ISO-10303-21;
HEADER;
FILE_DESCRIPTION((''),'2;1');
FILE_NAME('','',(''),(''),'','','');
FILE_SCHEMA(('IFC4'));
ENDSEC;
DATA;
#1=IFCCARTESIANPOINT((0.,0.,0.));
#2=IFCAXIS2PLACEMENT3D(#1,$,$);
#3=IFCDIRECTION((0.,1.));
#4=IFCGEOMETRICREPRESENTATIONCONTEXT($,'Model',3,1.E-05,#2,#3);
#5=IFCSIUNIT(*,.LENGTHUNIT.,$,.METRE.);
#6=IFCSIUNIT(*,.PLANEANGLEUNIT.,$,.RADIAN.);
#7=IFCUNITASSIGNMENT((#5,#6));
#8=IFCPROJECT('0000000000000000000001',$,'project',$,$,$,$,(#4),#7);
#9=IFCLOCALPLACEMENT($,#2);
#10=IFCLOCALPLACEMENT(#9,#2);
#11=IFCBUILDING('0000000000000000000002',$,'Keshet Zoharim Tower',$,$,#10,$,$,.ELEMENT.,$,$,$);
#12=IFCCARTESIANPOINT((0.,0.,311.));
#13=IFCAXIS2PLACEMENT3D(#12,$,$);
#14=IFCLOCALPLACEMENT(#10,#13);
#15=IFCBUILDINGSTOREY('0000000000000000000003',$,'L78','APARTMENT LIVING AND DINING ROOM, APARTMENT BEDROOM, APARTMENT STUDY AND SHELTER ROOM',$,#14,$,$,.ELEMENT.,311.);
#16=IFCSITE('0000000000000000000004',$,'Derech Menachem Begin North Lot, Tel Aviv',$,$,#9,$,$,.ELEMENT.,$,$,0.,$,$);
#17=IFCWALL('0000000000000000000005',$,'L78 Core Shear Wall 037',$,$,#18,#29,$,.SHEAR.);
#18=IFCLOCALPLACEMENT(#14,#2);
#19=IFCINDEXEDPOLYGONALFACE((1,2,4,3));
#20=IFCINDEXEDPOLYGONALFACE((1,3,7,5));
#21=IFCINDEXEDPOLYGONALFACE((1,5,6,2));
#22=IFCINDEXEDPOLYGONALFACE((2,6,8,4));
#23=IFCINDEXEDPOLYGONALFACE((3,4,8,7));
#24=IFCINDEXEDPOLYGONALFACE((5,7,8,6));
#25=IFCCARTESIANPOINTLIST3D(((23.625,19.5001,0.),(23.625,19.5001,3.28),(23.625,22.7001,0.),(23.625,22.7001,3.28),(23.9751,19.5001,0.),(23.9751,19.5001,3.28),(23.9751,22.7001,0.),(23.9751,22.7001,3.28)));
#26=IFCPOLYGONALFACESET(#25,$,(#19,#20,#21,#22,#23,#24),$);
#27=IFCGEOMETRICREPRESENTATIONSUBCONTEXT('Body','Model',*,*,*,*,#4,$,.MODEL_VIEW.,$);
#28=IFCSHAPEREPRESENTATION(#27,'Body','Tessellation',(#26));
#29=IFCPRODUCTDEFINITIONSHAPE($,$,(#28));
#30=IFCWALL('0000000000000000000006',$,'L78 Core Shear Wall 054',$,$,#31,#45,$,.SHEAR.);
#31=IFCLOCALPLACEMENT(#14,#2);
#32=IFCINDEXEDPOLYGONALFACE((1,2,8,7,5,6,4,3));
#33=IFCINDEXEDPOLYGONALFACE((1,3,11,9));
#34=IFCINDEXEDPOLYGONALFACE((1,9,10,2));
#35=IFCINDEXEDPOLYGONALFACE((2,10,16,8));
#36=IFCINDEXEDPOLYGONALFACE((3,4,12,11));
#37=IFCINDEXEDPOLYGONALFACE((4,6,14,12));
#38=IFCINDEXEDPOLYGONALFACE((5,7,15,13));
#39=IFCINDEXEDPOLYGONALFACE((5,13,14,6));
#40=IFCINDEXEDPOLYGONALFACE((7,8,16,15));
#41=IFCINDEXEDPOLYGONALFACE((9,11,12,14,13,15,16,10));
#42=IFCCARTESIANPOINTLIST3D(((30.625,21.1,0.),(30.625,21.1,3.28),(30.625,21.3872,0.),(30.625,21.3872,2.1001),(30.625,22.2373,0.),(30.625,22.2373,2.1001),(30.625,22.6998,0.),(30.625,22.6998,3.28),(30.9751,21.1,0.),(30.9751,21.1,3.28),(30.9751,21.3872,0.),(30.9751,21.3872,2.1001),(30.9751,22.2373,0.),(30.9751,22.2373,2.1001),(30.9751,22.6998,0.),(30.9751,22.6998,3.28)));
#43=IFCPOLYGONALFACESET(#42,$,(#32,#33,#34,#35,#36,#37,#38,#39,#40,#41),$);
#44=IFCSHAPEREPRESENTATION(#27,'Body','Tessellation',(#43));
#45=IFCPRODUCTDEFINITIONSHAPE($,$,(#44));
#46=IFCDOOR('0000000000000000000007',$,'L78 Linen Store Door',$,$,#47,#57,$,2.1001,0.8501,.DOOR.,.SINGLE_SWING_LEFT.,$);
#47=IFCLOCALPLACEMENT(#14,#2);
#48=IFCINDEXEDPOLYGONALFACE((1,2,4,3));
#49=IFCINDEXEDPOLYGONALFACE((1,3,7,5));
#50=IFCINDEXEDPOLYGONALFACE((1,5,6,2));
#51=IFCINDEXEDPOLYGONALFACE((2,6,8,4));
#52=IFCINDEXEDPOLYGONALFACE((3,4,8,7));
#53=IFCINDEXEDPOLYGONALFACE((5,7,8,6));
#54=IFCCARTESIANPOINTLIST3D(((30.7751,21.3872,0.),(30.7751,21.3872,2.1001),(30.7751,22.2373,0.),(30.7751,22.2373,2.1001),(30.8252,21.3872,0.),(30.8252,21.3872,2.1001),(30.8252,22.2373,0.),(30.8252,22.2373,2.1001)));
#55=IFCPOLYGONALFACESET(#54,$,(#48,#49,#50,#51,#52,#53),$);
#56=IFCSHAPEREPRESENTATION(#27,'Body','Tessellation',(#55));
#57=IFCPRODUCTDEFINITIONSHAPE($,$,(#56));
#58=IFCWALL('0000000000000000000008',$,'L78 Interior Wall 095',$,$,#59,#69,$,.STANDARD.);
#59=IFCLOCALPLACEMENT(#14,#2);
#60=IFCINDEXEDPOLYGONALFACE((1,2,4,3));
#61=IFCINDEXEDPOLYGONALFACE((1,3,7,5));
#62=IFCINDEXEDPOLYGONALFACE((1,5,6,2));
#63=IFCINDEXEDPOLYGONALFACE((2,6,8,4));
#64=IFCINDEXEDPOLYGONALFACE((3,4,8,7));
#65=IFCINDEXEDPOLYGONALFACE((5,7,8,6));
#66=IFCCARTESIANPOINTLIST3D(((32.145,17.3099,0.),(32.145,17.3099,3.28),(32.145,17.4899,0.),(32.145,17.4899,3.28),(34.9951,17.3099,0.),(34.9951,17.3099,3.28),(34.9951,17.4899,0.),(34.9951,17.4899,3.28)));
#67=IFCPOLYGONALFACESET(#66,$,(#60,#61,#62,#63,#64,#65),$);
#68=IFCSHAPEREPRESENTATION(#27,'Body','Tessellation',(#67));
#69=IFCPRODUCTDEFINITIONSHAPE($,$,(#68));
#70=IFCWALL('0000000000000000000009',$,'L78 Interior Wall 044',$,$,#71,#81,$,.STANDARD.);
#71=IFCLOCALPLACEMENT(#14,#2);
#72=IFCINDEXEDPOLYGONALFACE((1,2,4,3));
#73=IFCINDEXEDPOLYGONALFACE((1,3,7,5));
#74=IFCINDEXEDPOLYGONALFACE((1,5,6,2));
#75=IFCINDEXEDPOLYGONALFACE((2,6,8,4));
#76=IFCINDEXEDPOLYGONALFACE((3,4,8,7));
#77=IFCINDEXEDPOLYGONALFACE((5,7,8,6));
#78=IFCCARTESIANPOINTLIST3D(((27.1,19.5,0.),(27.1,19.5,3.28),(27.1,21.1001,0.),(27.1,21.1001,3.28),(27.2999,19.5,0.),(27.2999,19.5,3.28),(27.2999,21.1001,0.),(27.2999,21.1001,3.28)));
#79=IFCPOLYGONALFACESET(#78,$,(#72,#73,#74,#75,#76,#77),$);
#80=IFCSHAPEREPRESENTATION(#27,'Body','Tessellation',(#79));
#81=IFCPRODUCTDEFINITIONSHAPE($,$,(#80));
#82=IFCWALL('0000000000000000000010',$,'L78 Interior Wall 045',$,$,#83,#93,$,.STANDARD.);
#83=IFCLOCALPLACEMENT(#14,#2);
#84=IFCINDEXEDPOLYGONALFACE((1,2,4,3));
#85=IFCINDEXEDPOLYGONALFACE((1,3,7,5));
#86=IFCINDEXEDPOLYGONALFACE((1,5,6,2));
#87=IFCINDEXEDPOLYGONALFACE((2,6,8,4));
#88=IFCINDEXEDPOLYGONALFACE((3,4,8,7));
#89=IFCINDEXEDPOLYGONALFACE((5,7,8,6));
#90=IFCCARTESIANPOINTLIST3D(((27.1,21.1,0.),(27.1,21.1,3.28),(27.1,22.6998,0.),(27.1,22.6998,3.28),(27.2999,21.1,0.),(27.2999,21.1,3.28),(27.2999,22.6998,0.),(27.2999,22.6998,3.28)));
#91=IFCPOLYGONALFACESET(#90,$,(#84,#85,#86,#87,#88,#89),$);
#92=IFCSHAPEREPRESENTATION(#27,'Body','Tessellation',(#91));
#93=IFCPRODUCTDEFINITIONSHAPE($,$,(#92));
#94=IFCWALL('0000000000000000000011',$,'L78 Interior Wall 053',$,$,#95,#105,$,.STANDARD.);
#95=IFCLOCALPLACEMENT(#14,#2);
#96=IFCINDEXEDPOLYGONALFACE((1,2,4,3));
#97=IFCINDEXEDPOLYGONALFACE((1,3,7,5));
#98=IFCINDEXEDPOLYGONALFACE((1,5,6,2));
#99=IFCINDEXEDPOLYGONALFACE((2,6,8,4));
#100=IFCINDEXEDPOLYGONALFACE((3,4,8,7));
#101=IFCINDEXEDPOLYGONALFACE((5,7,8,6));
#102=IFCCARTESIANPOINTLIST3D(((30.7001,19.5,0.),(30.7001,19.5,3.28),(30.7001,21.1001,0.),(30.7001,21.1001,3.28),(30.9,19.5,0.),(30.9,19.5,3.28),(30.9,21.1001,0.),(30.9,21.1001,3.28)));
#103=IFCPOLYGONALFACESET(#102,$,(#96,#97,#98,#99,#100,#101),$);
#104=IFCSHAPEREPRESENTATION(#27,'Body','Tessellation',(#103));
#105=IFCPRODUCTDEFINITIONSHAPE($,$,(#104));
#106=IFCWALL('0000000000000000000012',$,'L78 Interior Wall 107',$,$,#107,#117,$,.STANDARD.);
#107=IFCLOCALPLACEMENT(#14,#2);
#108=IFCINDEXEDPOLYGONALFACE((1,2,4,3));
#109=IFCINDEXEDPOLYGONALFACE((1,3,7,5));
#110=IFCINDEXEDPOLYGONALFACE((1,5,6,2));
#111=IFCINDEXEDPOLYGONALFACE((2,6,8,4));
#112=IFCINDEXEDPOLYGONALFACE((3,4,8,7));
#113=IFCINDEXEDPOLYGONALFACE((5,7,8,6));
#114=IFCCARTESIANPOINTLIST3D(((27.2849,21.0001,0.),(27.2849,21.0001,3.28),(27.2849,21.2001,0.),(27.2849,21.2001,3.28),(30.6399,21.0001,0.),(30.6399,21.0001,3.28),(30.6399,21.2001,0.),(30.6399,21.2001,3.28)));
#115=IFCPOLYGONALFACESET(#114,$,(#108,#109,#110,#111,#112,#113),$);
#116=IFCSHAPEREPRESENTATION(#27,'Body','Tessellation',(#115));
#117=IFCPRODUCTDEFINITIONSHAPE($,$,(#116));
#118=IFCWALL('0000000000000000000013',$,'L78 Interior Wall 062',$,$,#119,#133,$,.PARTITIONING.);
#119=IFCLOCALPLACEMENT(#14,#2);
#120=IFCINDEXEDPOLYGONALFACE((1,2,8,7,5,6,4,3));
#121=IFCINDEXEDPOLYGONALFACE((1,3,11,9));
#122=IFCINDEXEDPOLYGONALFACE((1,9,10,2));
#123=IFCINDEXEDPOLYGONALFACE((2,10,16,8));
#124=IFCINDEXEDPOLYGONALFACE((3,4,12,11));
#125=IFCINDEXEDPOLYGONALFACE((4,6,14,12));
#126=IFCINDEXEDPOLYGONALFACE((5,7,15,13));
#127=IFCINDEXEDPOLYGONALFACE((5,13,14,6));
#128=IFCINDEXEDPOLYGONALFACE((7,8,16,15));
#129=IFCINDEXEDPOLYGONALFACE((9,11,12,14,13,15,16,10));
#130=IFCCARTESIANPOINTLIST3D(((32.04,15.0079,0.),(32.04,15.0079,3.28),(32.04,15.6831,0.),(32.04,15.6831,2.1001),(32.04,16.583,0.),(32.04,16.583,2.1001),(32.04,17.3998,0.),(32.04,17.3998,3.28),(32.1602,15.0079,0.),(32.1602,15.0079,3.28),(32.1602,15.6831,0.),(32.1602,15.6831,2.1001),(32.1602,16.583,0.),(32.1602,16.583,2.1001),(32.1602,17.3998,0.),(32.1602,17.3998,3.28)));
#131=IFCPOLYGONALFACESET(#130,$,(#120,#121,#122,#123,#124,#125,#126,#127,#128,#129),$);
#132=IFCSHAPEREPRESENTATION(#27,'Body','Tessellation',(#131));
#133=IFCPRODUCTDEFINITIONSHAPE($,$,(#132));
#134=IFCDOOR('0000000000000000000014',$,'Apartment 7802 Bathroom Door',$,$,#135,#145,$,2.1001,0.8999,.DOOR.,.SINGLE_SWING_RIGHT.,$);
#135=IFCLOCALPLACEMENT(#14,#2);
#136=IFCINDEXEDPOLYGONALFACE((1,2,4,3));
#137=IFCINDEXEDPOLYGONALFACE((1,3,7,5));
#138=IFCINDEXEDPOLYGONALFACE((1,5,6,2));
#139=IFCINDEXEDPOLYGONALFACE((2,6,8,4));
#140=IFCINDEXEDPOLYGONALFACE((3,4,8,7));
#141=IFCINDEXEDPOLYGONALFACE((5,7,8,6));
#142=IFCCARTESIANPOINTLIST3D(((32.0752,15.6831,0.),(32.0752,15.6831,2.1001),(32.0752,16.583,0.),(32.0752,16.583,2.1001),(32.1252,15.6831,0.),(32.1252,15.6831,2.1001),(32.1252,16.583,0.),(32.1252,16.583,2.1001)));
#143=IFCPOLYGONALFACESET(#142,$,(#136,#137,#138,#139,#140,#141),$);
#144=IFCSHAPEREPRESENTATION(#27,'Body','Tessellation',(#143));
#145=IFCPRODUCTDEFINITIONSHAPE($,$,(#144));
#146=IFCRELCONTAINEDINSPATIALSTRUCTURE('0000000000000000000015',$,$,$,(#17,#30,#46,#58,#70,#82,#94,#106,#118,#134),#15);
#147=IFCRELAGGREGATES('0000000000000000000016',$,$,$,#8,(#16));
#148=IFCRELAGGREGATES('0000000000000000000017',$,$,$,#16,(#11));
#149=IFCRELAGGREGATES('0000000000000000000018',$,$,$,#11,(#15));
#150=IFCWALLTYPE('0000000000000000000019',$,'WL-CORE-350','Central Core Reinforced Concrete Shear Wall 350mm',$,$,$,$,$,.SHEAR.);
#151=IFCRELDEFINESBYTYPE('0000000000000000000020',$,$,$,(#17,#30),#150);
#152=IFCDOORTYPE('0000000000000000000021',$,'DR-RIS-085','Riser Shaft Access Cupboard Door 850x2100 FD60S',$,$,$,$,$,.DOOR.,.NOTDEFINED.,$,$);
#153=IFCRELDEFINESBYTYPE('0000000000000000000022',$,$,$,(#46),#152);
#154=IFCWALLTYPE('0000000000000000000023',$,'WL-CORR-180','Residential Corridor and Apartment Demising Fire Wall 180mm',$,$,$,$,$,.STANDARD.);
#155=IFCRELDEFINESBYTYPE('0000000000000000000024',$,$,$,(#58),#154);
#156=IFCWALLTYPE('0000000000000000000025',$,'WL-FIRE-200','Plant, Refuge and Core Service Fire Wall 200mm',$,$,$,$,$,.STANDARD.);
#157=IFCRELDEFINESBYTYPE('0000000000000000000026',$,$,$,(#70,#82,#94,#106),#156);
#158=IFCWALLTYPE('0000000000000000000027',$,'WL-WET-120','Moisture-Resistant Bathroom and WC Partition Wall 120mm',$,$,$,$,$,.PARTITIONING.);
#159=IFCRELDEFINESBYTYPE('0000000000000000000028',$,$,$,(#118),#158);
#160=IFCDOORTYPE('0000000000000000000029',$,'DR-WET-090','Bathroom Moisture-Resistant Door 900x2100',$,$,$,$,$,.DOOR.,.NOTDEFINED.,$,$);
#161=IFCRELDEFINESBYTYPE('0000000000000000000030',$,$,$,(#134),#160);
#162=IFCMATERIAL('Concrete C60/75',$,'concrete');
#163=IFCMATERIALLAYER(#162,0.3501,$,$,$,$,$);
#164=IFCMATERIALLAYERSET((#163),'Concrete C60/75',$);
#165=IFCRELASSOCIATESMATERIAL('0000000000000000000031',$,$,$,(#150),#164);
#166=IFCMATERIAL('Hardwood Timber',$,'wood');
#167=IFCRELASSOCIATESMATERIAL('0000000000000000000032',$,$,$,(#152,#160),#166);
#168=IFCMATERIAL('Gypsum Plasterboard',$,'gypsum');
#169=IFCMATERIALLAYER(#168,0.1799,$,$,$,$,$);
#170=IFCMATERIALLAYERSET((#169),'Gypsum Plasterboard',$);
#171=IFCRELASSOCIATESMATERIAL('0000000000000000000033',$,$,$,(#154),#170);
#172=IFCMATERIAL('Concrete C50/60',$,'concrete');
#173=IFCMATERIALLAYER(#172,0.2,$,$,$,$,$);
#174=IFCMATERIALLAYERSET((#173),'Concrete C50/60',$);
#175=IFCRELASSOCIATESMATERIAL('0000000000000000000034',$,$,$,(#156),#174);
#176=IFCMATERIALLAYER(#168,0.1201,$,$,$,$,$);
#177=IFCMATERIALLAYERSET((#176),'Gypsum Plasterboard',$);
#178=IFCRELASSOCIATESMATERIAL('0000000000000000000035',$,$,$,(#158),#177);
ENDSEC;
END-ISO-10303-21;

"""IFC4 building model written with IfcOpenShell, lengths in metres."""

from ifc_helpers import new_model, si_unit, direction, frame, frame_2d, origin, place, context, subcontext, project, spatial, rectangle, extrude, material, layer, layer_set, type_object, element, fill, save


model = new_model("IFC4")

# Units and contexts
model_context = context("Model", 3, precision=1e-05, world=origin(), true_north=direction((0.0, 1.0)))
body_context = subcontext(model_context, "Body", "Model", "MODEL_VIEW")
ifc_project = project(units=[si_unit("LENGTHUNIT", "METRE"), si_unit("PLANEANGLEUNIT", "RADIAN")], contexts=[model_context])

# Site, building, storey
site_placement = place(None, origin())
site = spatial("IfcSite", under=ifc_project, at=site_placement, Name="Derech Menachem Begin North Lot, Tel Aviv", CompositionType="ELEMENT", RefElevation=0.0)
building_placement = place(site_placement, origin())
building = spatial("IfcBuilding", under=site, at=building_placement, Name="Keshet Zoharim Tower", CompositionType="ELEMENT")
storey_placement = place(building_placement, frame((0.0, 0.0, 311.0)))
storey = spatial("IfcBuildingStorey", under=building, at=storey_placement, Name="L78", Description="APARTMENT LIVING AND DINING ROOM, APARTMENT BEDROOM, APARTMENT STUDY AND SHELTER ROOM", CompositionType="ELEMENT", Elevation=311.0)

# Wall
ifc_material_1 = material(Name="Concrete C60/75", Category="concrete")
ifc_layer_1 = layer(ifc_material_1, 0.3501)
ifc_layer_set_1 = layer_set([ifc_layer_1], Name="Concrete C60/75")
wall_type_1 = type_object("IfcWallType", Name="WL-CORE-350", Description="Central Core Reinforced Concrete Shear Wall 350mm", PredefinedType="SHEAR", material=ifc_layer_set_1)
wall_1_placement = place(storey_placement, frame((23.8, 19.5, 0.0), z_axis=(0.0, 0.0, 1.0), x_axis=(0.0, 1.0, 0.0)))
element("IfcWall", 1, at=wall_1_placement, inside=storey, type_object=wall_type_1, Name="L78 Core Shear Wall 037", PredefinedType="SHEAR", context=body_context, shape_type="SweptSolid", body=[
    extrude(rectangle(XDim=3.2, YDim=0.3501, at=frame_2d((1.6001, 0.0))), origin(), (0.0, 0.0, 1.0), 3.28),
])

# Wall, opening, door
wall_2_placement = place(storey_placement, frame((30.8, 21.1001, 0.0), z_axis=(0.0, 0.0, 1.0), x_axis=(0.0, 1.0, 0.0)))
wall_2 = element("IfcWall", 2, at=wall_2_placement, inside=storey, type_object=wall_type_1, Name="L78 Core Shear Wall 054", PredefinedType="SHEAR", context=body_context, shape_type="SweptSolid", body=[
    extrude(rectangle(XDim=1.5999, YDim=0.3501, at=frame_2d((0.7998, 0.0))), origin(), (0.0, 0.0, 1.0), 3.28),
])
opening_1_placement = place(wall_2_placement, frame((0.2871, 0.0, 0.0)))
opening_1 = element("IfcOpeningElement", 3, at=opening_1_placement, cuts=wall_2, PredefinedType="OPENING", context=body_context, shape_type="SweptSolid", body=[
    extrude(rectangle(XDim=0.8501, YDim=2.1001, at=frame_2d((0.425, 1.05))), frame((0.0, 0.1851, 0.0), z_axis=(0.0, -1.0, 0.0), x_axis=(1.0, 0.0, 0.0)), (0.0, 0.0, 1.0), 0.3701),
])
ifc_material_2 = material(Name="Hardwood Timber", Category="wood")
door_type_1 = type_object("IfcDoorType", Name="DR-RIS-085", Description="Riser Shaft Access Cupboard Door 850x2100 FD60S", OperationType="NOTDEFINED", PredefinedType="DOOR", material=ifc_material_2)
door_1_placement = place(opening_1_placement, origin())
door_1 = element("IfcDoor", 4, at=door_1_placement, inside=storey, type_object=door_type_1, Name="L78 Linen Store Door", OperationType="SINGLE_SWING_LEFT", OverallHeight=2.1001, OverallWidth=0.8501, PredefinedType="DOOR", context=body_context, shape_type="SweptSolid", body=[
    extrude(rectangle(XDim=0.8501, YDim=2.1001, at=frame_2d((0.425, 1.05))), frame((0.0, 0.0249, 0.0), z_axis=(0.0, -1.0, 0.0), x_axis=(1.0, 0.0, 0.0)), (0.0, 0.0, 1.0), 0.05),
])
fill(opening_1, door_1)
ifc_material_3 = material(Name="Gypsum Plasterboard", Category="gypsum")
ifc_layer_2 = layer(ifc_material_3, 0.1799)
ifc_layer_set_2 = layer_set([ifc_layer_2], Name="Gypsum Plasterboard")
wall_type_2 = type_object("IfcWallType", Name="WL-CORR-180", Description="Residential Corridor and Apartment Demising Fire Wall 180mm", PredefinedType="STANDARD", material=ifc_layer_set_2)

# Walls
wall_3_placement = place(storey_placement, frame((32.145, 17.3999, 0.0), z_axis=(0.0, 0.0, 1.0), x_axis=(1.0, 0.0, 0.0)))
element("IfcWall", 5, at=wall_3_placement, inside=storey, type_object=wall_type_2, Name="L78 Interior Wall 095", PredefinedType="STANDARD", context=body_context, shape_type="SweptSolid", body=[
    extrude(rectangle(XDim=2.8501, YDim=0.1799, at=frame_2d((1.425, 0.0))), origin(), (0.0, 0.0, 1.0), 3.28),
])
ifc_material_4 = material(Name="Concrete C50/60", Category="concrete")
ifc_layer_3 = layer(ifc_material_4, 0.2)
ifc_layer_set_3 = layer_set([ifc_layer_3], Name="Concrete C50/60")
wall_type_3 = type_object("IfcWallType", Name="WL-FIRE-200", Description="Plant, Refuge and Core Service Fire Wall 200mm", PredefinedType="STANDARD", material=ifc_layer_set_3)
wall_4_placement = place(storey_placement, frame((27.2, 19.5, 0.0), z_axis=(0.0, 0.0, 1.0), x_axis=(0.0, 1.0, 0.0)))
element("IfcWall", 6, at=wall_4_placement, inside=storey, type_object=wall_type_3, Name="L78 Interior Wall 044", PredefinedType="STANDARD", context=body_context, shape_type="SweptSolid", body=[
    extrude(rectangle(XDim=1.6001, YDim=0.2, at=frame_2d((0.8, 0.0))), origin(), (0.0, 0.0, 1.0), 3.28),
])
wall_5_placement = place(storey_placement, frame((27.2, 21.1001, 0.0), z_axis=(0.0, 0.0, 1.0), x_axis=(0.0, 1.0, 0.0)))
element("IfcWall", 7, at=wall_5_placement, inside=storey, type_object=wall_type_3, Name="L78 Interior Wall 045", PredefinedType="STANDARD", context=body_context, shape_type="SweptSolid", body=[
    extrude(rectangle(XDim=1.5999, YDim=0.2, at=frame_2d((0.7998, 0.0))), origin(), (0.0, 0.0, 1.0), 3.28),
])
wall_6_placement = place(storey_placement, frame((30.8, 19.5, 0.0), z_axis=(0.0, 0.0, 1.0), x_axis=(0.0, 1.0, 0.0)))
element("IfcWall", 8, at=wall_6_placement, inside=storey, type_object=wall_type_3, Name="L78 Interior Wall 053", PredefinedType="STANDARD", context=body_context, shape_type="SweptSolid", body=[
    extrude(rectangle(XDim=1.6001, YDim=0.2, at=frame_2d((0.8, 0.0))), origin(), (0.0, 0.0, 1.0), 3.28),
])

# Wall
wall_7_placement = place(storey_placement, frame((27.2849, 21.1001, 0.0), z_axis=(0.0, 0.0, 1.0), x_axis=(1.0, 0.0, 0.0)))
element("IfcWall", 9, at=wall_7_placement, inside=storey, type_object=wall_type_3, Name="L78 Interior Wall 107", PredefinedType="STANDARD", context=body_context, shape_type="SweptSolid", body=[
    extrude(rectangle(XDim=3.355, YDim=0.2, at=frame_2d((1.6775, 0.0))), origin(), (0.0, 0.0, 1.0), 3.28),
])

# Wall, opening, door
ifc_layer_4 = layer(ifc_material_3, 0.1201)
ifc_layer_set_4 = layer_set([ifc_layer_4], Name="Gypsum Plasterboard")
wall_type_4 = type_object("IfcWallType", Name="WL-WET-120", Description="Moisture-Resistant Bathroom and WC Partition Wall 120mm", PredefinedType="PARTITIONING", material=ifc_layer_set_4)
wall_8_placement = place(storey_placement, frame((32.1001, 15.0081, 0.0), z_axis=(0.0, 0.0, 1.0), x_axis=(0.0, 1.0, 0.0)))
wall_8 = element("IfcWall", 10, at=wall_8_placement, inside=storey, type_object=wall_type_4, Name="L78 Interior Wall 062", PredefinedType="PARTITIONING", context=body_context, shape_type="SweptSolid", body=[
    extrude(rectangle(XDim=2.3918, YDim=0.1201, at=frame_2d((1.1958, 0.0))), origin(), (0.0, 0.0, 1.0), 3.28),
])
opening_2_placement = place(wall_8_placement, frame((0.675, 0.0, 0.0)))
opening_2 = element("IfcOpeningElement", 11, at=opening_2_placement, cuts=wall_8, PredefinedType="OPENING", context=body_context, shape_type="SweptSolid", body=[
    extrude(rectangle(XDim=0.8999, YDim=2.1001, at=frame_2d((0.45, 1.05))), frame((0.0, 0.0701, 0.0), z_axis=(0.0, -1.0, 0.0), x_axis=(1.0, 0.0, 0.0)), (0.0, 0.0, 1.0), 0.1401),
])
door_type_2 = type_object("IfcDoorType", Name="DR-WET-090", Description="Bathroom Moisture-Resistant Door 900x2100", OperationType="NOTDEFINED", PredefinedType="DOOR", material=ifc_material_2)
door_2_placement = place(opening_2_placement, origin())
door_2 = element("IfcDoor", 12, at=door_2_placement, inside=storey, type_object=door_type_2, Name="Apartment 7802 Bathroom Door", OperationType="SINGLE_SWING_RIGHT", OverallHeight=2.1001, OverallWidth=0.8999, PredefinedType="DOOR", context=body_context, shape_type="SweptSolid", body=[
    extrude(rectangle(XDim=0.8999, YDim=2.1001, at=frame_2d((0.45, 1.05))), frame((0.0, 0.0249, 0.0), z_axis=(0.0, -1.0, 0.0), x_axis=(1.0, 0.0, 0.0)), (0.0, 0.0, 1.0), 0.05),
])
fill(opening_2, door_2)

save(model, "model.ifc")
